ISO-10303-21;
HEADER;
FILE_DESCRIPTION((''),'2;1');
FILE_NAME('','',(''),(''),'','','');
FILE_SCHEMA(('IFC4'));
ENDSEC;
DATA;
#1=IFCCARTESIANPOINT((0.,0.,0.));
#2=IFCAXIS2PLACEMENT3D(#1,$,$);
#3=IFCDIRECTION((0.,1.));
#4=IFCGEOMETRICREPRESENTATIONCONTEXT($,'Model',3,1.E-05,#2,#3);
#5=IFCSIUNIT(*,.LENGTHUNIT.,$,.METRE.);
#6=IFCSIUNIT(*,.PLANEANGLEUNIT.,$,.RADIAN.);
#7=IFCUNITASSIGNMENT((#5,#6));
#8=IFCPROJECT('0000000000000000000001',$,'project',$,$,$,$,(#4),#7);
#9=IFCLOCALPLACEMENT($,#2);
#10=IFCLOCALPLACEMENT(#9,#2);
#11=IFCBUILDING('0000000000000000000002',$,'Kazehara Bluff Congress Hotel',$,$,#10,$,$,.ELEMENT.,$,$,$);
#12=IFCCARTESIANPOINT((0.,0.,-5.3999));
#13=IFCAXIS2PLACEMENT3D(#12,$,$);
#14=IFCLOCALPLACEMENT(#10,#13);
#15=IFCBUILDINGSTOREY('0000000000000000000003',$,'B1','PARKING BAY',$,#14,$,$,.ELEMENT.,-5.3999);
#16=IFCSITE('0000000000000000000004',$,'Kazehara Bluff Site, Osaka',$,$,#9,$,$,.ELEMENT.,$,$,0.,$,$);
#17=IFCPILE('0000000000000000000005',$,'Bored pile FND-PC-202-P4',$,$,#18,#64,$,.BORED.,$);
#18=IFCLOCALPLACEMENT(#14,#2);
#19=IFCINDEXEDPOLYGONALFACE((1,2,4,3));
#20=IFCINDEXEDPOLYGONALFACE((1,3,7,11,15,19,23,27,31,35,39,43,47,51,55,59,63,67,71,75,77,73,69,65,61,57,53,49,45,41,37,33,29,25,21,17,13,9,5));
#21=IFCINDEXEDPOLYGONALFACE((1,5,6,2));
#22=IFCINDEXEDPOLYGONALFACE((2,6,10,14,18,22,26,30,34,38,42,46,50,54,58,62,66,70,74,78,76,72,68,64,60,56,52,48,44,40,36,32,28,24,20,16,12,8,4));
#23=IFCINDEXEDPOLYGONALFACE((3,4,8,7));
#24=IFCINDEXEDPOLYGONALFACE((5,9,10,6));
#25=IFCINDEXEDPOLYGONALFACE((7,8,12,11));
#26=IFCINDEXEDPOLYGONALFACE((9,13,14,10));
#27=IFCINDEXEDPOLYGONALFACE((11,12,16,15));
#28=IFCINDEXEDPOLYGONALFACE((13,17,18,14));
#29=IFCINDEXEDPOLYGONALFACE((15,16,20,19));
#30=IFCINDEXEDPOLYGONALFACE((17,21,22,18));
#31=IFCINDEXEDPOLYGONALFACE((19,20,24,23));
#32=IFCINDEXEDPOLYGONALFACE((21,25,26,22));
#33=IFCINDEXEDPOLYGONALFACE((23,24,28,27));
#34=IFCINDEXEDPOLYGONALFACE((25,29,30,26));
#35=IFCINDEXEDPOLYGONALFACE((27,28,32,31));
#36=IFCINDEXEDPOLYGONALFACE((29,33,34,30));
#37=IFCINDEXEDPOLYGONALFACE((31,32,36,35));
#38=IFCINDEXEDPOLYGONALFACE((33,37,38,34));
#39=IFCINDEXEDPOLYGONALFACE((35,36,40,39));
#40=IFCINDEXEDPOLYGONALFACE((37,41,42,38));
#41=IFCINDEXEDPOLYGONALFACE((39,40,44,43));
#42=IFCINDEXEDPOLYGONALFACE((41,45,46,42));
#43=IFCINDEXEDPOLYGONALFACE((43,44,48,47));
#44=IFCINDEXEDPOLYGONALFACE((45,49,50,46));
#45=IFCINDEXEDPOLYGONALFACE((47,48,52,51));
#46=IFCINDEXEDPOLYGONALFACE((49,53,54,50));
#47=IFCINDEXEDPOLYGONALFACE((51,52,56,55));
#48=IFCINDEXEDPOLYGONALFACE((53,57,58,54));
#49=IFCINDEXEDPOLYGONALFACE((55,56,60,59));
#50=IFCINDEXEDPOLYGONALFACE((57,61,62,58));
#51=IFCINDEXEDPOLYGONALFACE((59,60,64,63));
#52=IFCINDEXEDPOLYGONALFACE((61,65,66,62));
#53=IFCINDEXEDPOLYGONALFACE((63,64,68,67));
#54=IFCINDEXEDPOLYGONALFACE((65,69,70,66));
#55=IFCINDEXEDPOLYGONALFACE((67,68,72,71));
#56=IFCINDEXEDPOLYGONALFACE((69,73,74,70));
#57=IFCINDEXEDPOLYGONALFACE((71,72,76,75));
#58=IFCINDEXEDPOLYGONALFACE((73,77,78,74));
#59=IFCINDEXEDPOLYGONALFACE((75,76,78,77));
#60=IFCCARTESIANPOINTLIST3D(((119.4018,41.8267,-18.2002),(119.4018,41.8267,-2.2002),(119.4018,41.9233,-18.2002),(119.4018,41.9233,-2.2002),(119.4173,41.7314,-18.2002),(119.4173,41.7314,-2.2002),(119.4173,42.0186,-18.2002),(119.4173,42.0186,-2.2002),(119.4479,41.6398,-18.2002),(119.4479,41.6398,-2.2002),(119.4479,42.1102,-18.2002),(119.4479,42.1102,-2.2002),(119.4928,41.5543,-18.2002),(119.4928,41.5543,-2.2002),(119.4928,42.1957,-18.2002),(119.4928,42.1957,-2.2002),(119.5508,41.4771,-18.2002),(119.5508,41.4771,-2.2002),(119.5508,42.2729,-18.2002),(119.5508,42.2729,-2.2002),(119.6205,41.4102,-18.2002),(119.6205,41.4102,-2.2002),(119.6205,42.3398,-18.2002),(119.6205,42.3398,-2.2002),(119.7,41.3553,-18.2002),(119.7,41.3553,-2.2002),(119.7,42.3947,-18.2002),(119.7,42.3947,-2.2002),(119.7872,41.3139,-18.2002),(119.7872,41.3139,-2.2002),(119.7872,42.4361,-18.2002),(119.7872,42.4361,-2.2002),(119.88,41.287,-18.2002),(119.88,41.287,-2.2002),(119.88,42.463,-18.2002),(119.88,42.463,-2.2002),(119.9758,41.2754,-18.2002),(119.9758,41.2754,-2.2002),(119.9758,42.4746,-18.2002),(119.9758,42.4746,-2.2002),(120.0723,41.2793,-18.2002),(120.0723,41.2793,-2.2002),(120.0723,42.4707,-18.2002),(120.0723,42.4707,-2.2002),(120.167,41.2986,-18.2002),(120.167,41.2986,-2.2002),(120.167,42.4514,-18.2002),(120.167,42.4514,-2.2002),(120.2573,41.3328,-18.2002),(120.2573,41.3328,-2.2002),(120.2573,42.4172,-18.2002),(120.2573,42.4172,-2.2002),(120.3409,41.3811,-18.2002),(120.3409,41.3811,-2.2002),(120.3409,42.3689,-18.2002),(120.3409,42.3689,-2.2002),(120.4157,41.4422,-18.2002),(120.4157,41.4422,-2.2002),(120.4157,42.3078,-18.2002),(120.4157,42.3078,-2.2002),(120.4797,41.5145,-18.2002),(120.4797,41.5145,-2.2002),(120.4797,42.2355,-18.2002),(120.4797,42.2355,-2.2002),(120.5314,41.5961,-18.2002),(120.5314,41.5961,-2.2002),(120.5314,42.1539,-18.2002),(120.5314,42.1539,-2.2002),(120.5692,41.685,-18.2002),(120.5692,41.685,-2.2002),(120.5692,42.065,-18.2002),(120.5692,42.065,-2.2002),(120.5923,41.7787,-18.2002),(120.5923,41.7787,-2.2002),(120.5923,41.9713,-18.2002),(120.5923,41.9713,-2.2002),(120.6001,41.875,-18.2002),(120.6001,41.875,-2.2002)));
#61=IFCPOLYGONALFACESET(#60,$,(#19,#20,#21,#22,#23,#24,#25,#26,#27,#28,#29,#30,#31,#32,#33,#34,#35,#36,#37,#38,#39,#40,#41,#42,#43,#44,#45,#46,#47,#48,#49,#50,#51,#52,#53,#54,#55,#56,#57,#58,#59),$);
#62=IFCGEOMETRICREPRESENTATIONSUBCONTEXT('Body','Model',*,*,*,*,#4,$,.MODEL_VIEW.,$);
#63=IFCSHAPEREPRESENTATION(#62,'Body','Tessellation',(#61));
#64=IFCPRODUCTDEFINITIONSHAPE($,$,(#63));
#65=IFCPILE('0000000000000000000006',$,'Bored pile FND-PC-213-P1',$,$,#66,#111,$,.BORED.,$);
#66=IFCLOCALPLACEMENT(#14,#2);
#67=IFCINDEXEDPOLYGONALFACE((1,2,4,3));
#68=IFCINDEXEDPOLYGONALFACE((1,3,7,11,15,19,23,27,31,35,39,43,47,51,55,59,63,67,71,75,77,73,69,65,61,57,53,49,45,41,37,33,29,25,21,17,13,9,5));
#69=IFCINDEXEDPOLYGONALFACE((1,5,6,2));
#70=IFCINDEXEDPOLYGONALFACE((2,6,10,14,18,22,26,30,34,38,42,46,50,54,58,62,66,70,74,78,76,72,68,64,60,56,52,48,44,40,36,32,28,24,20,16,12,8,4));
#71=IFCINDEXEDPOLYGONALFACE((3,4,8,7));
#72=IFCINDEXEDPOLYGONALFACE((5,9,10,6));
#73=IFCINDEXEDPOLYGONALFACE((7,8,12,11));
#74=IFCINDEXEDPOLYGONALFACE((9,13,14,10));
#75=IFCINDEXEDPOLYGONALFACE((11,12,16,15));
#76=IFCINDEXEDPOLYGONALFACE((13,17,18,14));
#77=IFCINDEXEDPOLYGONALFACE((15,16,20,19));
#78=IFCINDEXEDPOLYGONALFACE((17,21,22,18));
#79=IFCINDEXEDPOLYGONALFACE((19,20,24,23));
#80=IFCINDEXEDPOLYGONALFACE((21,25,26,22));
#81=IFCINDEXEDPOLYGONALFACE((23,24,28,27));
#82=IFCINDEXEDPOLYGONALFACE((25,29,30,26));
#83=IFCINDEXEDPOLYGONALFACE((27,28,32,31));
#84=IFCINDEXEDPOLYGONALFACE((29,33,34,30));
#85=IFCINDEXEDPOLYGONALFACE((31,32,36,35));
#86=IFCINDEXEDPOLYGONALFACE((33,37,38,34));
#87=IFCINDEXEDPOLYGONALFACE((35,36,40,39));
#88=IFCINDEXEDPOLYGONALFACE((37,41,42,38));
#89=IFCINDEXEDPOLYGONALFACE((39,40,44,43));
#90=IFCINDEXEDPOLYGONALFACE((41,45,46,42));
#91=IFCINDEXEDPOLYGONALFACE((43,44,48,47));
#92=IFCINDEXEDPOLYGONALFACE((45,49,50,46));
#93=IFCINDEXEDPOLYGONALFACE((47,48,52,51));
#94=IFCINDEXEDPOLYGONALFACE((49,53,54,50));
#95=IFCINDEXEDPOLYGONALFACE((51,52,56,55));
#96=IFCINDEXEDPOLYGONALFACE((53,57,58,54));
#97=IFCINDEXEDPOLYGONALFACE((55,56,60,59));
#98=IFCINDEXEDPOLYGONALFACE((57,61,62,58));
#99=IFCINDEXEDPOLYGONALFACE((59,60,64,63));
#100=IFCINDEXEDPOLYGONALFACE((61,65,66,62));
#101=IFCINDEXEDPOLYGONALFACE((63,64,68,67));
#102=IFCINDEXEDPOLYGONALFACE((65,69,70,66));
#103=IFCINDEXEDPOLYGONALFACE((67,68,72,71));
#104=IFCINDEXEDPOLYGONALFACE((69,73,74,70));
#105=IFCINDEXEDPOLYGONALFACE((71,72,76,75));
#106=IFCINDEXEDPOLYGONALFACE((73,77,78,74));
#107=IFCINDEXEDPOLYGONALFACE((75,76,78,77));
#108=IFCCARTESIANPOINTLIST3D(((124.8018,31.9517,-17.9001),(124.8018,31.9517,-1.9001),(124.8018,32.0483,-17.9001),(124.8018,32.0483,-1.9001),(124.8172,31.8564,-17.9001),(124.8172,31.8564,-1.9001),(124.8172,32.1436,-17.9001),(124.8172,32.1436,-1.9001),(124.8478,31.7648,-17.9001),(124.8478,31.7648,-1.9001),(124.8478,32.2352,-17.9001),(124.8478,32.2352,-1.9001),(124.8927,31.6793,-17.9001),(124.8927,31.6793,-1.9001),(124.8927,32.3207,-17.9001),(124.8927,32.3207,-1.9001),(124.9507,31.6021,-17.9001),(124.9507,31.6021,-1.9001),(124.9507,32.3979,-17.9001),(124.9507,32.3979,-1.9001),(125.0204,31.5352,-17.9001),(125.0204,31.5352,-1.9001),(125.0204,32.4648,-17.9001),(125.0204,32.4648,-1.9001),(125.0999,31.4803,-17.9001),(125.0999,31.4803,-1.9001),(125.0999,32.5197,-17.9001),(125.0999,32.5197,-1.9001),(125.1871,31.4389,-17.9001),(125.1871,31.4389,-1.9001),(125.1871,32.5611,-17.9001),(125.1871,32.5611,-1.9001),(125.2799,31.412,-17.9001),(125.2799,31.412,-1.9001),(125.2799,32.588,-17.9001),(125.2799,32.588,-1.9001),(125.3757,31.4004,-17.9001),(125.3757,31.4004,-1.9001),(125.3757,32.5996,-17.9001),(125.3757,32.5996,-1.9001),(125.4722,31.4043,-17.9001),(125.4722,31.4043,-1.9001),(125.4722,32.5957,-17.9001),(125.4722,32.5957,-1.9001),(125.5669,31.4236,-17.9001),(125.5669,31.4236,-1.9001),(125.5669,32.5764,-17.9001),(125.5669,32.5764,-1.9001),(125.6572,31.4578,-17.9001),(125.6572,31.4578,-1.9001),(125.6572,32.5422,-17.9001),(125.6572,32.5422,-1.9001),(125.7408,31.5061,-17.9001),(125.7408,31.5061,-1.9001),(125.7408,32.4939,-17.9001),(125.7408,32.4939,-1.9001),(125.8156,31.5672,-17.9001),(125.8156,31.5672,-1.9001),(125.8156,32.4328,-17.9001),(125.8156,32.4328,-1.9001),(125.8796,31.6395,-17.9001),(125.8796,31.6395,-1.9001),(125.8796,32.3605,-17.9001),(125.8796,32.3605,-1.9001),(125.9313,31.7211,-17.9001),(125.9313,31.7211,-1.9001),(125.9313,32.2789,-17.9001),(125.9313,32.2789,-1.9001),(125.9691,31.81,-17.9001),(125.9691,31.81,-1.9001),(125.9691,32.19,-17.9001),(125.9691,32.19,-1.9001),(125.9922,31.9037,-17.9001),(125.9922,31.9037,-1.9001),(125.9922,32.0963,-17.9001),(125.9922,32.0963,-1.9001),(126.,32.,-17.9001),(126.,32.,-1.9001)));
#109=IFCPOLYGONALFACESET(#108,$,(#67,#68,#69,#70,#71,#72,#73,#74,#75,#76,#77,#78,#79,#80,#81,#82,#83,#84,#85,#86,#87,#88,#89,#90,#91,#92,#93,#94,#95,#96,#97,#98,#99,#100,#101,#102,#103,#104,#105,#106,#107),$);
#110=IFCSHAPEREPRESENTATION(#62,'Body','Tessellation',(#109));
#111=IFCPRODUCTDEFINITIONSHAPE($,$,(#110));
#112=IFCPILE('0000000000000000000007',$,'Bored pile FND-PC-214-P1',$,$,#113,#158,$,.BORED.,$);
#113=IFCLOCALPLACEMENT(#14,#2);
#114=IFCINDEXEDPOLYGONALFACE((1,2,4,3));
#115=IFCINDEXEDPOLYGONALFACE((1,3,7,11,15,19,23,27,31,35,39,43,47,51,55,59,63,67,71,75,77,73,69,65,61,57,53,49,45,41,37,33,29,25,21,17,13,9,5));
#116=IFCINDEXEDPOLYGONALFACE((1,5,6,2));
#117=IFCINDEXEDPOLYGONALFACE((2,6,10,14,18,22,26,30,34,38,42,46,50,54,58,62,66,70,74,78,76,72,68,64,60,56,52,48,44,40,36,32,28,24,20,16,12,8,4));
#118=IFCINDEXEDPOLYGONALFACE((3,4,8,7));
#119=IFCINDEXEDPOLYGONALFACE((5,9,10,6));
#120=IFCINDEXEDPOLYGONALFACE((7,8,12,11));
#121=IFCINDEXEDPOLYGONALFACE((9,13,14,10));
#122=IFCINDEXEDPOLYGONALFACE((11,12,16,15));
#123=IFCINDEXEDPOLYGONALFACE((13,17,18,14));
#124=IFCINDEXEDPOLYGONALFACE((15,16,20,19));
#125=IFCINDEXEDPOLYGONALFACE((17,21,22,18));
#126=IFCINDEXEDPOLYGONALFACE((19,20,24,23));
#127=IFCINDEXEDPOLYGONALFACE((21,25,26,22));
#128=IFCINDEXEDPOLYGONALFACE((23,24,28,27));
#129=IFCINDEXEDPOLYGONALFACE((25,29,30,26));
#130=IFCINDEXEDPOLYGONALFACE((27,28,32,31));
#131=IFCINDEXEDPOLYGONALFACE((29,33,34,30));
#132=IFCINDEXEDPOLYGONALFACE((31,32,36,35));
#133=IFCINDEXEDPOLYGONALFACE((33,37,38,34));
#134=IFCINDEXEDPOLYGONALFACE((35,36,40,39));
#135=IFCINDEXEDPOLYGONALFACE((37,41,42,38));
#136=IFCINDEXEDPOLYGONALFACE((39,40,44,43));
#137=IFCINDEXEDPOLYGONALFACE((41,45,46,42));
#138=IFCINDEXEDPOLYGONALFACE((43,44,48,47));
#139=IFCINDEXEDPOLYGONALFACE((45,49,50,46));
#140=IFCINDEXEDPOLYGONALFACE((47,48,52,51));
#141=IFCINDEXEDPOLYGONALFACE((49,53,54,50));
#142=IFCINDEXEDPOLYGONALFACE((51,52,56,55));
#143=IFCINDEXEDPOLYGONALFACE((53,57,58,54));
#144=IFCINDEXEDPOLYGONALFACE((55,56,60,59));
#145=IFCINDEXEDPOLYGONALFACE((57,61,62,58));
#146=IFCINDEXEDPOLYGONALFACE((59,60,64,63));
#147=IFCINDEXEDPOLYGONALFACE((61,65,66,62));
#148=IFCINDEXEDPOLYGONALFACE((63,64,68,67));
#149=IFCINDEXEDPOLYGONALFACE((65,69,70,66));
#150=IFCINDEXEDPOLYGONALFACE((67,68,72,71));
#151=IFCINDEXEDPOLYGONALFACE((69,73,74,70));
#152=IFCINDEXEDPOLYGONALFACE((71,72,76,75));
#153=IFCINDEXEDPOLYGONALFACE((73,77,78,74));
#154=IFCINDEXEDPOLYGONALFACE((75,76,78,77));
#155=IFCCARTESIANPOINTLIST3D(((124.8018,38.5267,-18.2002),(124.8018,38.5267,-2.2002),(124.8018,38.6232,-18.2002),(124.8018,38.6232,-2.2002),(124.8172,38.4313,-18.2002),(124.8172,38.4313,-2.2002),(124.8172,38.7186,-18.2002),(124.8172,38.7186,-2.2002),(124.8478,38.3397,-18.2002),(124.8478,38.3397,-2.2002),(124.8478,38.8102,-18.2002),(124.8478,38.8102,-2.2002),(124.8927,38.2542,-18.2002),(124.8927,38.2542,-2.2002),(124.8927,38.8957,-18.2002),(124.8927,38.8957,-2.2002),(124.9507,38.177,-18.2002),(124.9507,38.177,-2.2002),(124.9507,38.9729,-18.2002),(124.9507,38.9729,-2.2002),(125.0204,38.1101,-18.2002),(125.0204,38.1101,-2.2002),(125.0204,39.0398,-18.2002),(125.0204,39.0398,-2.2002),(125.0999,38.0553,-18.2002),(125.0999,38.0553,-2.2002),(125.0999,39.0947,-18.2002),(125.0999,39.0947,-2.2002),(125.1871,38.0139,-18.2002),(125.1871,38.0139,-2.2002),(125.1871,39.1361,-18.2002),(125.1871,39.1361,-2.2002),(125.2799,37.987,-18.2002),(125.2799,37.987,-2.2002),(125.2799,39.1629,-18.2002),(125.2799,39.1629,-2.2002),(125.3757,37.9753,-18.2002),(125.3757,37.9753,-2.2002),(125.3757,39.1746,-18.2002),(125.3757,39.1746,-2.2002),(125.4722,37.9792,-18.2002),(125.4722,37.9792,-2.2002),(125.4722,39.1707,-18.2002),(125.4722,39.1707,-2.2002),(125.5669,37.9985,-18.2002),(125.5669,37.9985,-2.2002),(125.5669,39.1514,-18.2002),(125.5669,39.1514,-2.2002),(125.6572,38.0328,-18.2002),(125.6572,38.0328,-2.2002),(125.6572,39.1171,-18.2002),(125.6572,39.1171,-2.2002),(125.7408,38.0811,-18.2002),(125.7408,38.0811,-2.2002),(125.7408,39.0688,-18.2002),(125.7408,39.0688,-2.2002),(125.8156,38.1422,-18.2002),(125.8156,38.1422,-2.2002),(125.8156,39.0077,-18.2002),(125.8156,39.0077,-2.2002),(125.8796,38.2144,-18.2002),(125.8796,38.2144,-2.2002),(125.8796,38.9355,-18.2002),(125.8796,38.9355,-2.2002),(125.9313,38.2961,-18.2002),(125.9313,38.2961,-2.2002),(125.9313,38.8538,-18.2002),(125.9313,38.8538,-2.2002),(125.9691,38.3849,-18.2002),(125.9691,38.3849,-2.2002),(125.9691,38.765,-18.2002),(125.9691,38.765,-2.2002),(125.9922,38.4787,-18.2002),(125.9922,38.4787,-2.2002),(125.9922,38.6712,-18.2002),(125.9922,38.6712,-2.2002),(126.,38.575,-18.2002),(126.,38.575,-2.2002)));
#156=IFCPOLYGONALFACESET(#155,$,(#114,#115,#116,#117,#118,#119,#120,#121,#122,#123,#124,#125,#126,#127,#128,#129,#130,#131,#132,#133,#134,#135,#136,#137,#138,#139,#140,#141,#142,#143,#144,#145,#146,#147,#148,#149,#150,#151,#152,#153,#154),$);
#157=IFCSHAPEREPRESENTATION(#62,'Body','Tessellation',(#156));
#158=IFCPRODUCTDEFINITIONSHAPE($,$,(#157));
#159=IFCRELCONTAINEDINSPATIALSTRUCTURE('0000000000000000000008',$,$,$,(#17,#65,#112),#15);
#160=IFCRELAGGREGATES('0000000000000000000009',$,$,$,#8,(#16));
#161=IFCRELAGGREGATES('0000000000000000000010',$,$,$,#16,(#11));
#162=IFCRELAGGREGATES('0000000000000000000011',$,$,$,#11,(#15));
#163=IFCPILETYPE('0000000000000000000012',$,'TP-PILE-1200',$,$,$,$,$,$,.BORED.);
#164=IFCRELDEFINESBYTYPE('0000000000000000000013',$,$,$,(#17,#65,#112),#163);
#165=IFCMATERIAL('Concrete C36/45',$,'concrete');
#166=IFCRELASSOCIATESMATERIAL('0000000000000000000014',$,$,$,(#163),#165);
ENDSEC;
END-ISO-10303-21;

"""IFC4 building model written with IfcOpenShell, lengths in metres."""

from ifc_helpers import new_model, si_unit, direction, frame, origin, origin_2d, place, context, subcontext, project, spatial, circle, extrude, material, material_profile, profile_set, type_object, element, save


model = new_model("IFC4")

# Units and contexts
model_context = context("Model", 3, precision=1e-05, world=origin(), true_north=direction((0.0, 1.0)))
body_context = subcontext(model_context, "Body", "Model", "MODEL_VIEW")
ifc_project = project(units=[si_unit("LENGTHUNIT", "METRE"), si_unit("PLANEANGLEUNIT", "RADIAN")], contexts=[model_context])

# Site, building, storey
site_placement = place(None, origin())
site = spatial("IfcSite", under=ifc_project, at=site_placement, Name="Kazehara Bluff Site, Osaka", CompositionType="ELEMENT", RefElevation=0.0)
building_placement = place(site_placement, origin())
building = spatial("IfcBuilding", under=site, at=building_placement, Name="Kazehara Bluff Congress Hotel", CompositionType="ELEMENT")
storey_placement = place(building_placement, frame((0.0, 0.0, -5.3999)))
storey = spatial("IfcBuildingStorey", under=building, at=storey_placement, Name="B1", Description="PARKING BAY", CompositionType="ELEMENT", Elevation=-5.3999)

# Piles
ifc_material_1 = material(Name="Concrete C36/45", Category="concrete")
ifc_material_profile_1 = material_profile(ifc_material_1, circle(Radius=0.6001, at=origin_2d()))
ifc_profile_set_1 = profile_set([ifc_material_profile_1], Name="Concrete C36/45")
pile_type = type_object("IfcPileType", Name="TP-PILE-1200", PredefinedType="BORED", material=ifc_profile_set_1)
for number, where, z_axis, x_axis, name in (
    (1, (120.0, 41.875, -2.2002), (0.0, 0.0, -1.0), (1.0, 0.0, 0.0), "Bored pile FND-PC-202-P4"),
    (2, (125.3999, 32.0, -1.9001), (0.0, 0.0, -1.0), (1.0, 0.0, 0.0), "Bored pile FND-PC-213-P1"),
    (3, (125.3999, 38.575, -2.2002), (0.0, 0.0, -1.0), (1.0, 0.0, 0.0), "Bored pile FND-PC-214-P1"),
):
    element("IfcPile", number, at=place(storey_placement, frame(where, z_axis=z_axis, x_axis=x_axis)), inside=storey, type_object=pile_type, Name=name, PredefinedType="BORED", context=body_context, shape_type="SweptSolid", body=[
        extrude(circle(Radius=0.6001, at=origin_2d()), origin(), (0.0, 0.0, 1.0), 16.0),
    ])

save(model, "model.ifc")
